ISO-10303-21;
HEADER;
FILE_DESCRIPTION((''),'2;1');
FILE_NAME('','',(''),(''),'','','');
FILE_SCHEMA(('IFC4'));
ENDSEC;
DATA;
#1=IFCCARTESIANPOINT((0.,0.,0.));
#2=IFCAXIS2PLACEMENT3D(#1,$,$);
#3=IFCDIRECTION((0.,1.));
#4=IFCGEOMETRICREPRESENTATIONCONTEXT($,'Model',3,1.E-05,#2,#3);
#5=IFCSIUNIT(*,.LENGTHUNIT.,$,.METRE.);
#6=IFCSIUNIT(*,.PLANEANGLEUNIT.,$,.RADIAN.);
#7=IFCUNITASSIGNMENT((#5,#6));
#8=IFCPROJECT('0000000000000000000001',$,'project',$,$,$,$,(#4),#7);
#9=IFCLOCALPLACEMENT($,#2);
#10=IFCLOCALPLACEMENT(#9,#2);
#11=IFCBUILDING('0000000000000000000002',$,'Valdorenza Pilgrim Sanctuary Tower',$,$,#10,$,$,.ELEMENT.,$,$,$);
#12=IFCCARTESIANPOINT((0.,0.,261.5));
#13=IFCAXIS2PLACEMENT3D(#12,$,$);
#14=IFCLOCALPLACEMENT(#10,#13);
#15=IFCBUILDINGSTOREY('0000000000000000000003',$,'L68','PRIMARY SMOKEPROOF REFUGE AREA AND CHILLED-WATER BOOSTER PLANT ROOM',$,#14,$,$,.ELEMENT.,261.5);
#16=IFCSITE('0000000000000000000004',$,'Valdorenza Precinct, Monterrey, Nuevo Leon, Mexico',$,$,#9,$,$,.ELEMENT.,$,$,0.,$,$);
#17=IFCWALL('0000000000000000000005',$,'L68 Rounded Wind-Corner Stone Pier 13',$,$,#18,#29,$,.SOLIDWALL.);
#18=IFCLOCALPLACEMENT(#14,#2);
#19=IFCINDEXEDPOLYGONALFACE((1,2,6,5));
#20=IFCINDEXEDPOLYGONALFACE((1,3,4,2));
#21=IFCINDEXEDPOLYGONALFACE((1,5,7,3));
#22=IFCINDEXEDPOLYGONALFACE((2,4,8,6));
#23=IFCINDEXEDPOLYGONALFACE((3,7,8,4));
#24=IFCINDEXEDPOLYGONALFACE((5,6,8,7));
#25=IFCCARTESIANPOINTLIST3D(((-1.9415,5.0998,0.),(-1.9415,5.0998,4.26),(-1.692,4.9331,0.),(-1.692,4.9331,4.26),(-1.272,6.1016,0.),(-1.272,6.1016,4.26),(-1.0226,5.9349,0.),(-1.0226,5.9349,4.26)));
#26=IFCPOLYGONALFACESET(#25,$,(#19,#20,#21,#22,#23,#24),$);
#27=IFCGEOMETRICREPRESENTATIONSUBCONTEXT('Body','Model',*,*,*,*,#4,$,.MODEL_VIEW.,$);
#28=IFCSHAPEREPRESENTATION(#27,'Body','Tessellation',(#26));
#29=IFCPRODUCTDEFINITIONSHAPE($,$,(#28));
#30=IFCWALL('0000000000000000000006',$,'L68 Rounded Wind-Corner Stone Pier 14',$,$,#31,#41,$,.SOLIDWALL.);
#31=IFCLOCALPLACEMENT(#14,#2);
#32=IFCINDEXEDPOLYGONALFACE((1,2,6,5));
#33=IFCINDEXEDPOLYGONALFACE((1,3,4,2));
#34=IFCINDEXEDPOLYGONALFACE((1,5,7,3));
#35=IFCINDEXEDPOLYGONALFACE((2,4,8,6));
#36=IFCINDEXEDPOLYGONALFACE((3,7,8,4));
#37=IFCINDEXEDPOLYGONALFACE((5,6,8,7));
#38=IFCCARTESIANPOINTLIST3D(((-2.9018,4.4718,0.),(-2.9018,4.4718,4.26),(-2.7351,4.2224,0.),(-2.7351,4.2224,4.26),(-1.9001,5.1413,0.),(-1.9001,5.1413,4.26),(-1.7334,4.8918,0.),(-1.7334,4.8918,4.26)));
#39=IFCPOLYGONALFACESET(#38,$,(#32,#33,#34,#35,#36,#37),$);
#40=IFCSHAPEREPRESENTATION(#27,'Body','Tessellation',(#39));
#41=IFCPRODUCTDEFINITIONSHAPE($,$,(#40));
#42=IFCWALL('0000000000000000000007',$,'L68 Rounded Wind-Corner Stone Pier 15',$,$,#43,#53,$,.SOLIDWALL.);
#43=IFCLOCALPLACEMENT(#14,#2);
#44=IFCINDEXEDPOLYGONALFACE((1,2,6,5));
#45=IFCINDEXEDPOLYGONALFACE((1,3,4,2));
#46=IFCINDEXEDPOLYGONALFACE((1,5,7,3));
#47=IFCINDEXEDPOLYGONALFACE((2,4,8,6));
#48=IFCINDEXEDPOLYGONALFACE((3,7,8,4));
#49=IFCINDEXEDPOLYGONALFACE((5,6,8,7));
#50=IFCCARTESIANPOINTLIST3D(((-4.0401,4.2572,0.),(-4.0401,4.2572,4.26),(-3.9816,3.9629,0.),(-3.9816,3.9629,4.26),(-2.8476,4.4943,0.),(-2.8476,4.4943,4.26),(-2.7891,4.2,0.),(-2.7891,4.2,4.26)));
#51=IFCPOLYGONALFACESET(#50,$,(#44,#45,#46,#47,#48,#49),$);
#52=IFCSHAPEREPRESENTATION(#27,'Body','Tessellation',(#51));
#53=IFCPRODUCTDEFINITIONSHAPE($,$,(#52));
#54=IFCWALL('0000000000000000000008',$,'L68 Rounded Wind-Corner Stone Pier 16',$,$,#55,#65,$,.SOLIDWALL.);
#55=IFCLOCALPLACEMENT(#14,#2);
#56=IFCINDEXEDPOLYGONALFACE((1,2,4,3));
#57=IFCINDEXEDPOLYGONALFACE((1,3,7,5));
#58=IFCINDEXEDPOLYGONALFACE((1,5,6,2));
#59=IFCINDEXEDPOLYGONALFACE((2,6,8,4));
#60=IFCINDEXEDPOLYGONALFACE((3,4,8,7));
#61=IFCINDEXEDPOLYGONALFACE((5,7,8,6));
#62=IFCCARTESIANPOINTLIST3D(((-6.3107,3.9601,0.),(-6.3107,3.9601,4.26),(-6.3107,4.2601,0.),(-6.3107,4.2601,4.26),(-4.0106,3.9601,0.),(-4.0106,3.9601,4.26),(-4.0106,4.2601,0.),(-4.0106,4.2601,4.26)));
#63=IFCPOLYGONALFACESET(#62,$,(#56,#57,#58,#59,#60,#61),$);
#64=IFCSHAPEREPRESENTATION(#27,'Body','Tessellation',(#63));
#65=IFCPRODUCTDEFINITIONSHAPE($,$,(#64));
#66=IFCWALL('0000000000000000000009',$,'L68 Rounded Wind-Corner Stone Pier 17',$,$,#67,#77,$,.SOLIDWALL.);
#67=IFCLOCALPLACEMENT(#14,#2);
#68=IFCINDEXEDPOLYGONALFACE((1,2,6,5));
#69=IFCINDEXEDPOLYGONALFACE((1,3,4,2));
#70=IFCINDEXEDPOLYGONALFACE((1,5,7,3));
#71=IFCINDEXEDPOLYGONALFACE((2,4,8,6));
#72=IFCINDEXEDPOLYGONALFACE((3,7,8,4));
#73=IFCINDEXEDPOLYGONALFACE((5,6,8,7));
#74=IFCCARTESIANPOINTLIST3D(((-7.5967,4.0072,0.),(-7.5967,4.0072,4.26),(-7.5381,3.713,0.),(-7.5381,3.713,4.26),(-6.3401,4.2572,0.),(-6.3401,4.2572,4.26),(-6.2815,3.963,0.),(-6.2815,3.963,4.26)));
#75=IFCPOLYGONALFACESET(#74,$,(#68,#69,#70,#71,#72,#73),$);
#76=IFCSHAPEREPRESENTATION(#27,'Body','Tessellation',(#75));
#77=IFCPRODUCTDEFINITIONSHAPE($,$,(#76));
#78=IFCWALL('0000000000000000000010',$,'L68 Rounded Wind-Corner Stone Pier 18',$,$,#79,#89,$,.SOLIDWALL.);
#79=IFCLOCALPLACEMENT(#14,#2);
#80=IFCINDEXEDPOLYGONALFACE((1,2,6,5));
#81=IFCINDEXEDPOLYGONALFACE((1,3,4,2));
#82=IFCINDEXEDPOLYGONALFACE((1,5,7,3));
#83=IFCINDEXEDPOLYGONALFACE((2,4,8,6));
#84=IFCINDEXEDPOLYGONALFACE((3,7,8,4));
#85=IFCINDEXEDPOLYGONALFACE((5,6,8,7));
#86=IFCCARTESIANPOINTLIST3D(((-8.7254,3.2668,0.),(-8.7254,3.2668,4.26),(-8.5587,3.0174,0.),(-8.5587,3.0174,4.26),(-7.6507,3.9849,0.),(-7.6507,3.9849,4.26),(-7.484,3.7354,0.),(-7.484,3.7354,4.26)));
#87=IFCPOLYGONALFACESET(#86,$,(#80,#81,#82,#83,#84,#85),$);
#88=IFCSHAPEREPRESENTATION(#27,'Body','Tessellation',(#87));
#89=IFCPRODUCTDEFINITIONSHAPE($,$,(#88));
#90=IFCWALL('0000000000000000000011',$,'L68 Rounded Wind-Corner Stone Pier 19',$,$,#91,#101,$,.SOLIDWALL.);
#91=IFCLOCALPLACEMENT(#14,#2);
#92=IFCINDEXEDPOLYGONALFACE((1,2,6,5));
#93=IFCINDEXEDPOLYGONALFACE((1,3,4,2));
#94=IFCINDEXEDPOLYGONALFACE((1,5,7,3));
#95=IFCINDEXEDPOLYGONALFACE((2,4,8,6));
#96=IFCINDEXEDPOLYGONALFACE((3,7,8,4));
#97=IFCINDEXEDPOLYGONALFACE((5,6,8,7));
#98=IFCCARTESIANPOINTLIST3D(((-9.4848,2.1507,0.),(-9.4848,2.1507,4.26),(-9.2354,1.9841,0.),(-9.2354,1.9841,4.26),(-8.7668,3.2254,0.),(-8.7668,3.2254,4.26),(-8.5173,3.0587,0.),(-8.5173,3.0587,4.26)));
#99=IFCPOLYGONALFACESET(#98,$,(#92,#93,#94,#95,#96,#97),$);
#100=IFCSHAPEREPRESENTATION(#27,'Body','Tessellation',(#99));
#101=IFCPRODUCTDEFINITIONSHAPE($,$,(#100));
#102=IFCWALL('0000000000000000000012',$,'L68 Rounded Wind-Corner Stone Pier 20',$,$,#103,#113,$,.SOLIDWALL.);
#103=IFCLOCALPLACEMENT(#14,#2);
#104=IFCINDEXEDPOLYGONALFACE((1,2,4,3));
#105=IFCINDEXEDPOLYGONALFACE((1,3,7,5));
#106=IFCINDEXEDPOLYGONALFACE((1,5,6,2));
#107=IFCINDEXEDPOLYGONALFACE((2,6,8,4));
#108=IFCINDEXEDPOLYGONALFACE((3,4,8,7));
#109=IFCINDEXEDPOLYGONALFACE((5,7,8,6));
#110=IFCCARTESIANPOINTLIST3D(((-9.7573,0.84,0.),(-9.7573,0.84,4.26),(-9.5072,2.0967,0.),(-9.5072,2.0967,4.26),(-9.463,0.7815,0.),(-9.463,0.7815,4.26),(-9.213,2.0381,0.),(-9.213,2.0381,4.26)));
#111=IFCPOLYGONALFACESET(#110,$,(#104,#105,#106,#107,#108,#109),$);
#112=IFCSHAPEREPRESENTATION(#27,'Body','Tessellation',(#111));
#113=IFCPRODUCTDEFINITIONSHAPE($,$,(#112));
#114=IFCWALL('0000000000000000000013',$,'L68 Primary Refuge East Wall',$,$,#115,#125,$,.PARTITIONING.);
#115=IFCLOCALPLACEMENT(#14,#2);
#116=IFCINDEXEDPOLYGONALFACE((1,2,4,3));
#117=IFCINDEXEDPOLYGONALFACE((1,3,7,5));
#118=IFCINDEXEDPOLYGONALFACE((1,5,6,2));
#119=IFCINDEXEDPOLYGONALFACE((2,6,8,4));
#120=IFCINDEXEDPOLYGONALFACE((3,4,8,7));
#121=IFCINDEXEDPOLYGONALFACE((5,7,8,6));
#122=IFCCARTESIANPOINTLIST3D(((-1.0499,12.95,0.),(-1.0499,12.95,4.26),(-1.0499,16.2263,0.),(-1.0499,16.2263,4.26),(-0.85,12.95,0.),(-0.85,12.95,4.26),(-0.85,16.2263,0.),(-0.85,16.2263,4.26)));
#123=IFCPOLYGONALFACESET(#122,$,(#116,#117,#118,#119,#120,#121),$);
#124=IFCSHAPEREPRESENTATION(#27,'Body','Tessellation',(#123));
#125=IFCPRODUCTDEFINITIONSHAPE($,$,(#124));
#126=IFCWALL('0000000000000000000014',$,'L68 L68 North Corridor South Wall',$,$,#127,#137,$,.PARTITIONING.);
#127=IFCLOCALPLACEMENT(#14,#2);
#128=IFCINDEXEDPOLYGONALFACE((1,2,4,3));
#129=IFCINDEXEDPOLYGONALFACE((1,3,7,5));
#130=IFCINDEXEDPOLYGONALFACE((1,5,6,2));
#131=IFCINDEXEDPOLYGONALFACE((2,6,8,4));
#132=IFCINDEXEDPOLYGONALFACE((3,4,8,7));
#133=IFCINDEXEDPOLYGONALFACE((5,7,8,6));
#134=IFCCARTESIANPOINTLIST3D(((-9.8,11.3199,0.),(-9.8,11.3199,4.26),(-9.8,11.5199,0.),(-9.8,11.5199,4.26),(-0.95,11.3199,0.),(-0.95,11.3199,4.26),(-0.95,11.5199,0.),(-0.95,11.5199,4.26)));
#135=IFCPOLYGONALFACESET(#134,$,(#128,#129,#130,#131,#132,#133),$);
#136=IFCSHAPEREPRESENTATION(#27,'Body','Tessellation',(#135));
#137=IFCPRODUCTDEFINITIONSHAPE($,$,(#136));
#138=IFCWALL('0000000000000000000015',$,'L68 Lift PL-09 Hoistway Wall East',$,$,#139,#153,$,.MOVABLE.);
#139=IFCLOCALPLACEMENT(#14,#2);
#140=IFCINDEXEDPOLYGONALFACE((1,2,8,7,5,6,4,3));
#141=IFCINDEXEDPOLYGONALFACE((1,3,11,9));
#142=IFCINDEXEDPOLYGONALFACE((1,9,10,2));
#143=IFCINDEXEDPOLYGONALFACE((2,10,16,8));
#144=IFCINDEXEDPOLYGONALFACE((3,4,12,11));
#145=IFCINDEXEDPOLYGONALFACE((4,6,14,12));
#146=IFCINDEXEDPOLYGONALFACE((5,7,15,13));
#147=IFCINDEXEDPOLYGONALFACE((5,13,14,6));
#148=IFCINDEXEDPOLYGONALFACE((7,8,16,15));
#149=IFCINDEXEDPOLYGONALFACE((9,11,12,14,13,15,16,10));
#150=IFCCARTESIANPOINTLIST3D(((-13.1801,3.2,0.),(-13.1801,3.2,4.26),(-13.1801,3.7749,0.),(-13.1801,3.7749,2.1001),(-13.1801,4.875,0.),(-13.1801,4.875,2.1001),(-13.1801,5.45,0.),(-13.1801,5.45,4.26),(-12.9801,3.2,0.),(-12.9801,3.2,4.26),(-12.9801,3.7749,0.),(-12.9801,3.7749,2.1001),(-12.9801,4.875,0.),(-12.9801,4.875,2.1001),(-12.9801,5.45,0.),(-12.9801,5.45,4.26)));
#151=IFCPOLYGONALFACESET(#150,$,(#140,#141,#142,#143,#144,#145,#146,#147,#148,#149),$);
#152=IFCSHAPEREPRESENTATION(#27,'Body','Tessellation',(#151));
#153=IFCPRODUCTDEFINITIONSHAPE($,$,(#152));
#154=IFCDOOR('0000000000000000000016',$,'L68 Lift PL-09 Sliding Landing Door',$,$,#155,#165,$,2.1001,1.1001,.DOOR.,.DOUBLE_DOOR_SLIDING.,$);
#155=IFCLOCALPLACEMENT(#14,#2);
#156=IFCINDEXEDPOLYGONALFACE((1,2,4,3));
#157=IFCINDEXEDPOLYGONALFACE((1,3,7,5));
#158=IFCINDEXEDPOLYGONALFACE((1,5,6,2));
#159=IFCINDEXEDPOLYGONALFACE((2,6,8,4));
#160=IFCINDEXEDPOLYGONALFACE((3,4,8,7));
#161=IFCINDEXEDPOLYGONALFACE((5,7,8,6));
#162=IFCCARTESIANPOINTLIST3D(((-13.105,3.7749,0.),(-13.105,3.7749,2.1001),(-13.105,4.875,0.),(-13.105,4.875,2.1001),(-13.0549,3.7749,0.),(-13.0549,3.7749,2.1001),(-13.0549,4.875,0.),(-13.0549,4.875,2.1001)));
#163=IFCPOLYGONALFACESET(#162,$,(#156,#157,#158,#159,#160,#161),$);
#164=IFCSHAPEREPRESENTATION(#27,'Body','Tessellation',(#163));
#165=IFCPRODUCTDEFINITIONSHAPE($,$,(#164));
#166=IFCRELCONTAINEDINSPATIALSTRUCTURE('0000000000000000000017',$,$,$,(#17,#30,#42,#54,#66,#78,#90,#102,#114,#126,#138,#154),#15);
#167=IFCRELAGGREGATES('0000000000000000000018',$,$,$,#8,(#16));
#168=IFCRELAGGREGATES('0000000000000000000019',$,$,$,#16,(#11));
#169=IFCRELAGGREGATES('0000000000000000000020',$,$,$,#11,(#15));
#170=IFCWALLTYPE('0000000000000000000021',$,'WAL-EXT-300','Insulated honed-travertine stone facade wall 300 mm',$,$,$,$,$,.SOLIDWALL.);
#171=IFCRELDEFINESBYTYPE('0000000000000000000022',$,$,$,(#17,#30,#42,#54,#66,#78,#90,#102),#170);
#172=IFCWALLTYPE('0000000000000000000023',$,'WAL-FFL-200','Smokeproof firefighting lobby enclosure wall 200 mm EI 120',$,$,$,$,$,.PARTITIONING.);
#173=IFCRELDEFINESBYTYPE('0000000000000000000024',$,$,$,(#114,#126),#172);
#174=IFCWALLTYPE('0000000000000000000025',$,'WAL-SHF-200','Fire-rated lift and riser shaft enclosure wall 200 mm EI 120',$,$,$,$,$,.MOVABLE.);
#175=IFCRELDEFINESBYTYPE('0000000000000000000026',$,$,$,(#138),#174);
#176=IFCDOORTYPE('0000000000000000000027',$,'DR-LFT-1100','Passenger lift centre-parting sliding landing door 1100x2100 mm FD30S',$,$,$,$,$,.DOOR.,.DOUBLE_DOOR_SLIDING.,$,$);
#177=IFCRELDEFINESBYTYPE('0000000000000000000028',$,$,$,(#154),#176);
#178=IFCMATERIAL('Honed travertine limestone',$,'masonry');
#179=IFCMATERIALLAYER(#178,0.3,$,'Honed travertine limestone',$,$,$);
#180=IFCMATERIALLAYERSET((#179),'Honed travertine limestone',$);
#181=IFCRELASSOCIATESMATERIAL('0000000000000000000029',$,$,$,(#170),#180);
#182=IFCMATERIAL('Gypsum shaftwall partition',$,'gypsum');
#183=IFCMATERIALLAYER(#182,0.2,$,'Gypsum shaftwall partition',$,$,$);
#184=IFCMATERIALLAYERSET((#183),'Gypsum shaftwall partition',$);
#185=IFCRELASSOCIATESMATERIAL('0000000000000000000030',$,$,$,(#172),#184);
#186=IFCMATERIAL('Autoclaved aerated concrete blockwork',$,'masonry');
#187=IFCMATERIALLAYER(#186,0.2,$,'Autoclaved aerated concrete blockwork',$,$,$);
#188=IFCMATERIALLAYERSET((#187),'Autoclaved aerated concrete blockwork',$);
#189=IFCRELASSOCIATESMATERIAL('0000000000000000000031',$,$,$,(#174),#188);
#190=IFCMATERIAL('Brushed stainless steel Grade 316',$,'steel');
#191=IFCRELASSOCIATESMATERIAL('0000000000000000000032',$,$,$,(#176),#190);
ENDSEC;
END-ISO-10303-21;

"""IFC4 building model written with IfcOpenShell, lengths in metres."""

from ifc_helpers import new_model, si_unit, direction, frame, frame_2d, origin, place, context, subcontext, project, spatial, rectangle, extrude, material, layer, layer_set, type_object, element, fill, save


model = new_model("IFC4")

# Units and contexts
model_context = context("Model", 3, precision=1e-05, world=origin(), true_north=direction((0.0, 1.0)))
body_context = subcontext(model_context, "Body", "Model", "MODEL_VIEW")
ifc_project = project(units=[si_unit("LENGTHUNIT", "METRE"), si_unit("PLANEANGLEUNIT", "RADIAN")], contexts=[model_context])

# Site, building, storey
site_placement = place(None, origin())
site = spatial("IfcSite", under=ifc_project, at=site_placement, Name="Valdorenza Precinct, Monterrey, Nuevo Leon, Mexico", CompositionType="ELEMENT", RefElevation=0.0)
building_placement = place(site_placement, origin())
building = spatial("IfcBuilding", under=site, at=building_placement, Name="Valdorenza Pilgrim Sanctuary Tower", CompositionType="ELEMENT")
storey_placement = place(building_placement, frame((0.0, 0.0, 261.5)))
storey = spatial("IfcBuildingStorey", under=building, at=storey_placement, Name="L68", Description="PRIMARY SMOKEPROOF REFUGE AREA AND CHILLED-WATER BOOSTER PLANT ROOM", CompositionType="ELEMENT", Elevation=261.5)

# Shared definitions
ifc_material_1 = material(Name="Honed travertine limestone", Category="masonry")

# Walls
ifc_layer_1 = layer(ifc_material_1, 0.3, Name="Honed travertine limestone")
ifc_layer_set_1 = layer_set([ifc_layer_1], Name="Honed travertine limestone")
wall_type_1 = type_object("IfcWallType", Name="WAL-EXT-300", Description="Insulated honed-travertine stone facade wall 300 mm", PredefinedType="SOLIDWALL", material=ifc_layer_set_1)
for number, where, z_axis, x_axis, name in (
    (1, (-1.1472, 6.0183, 0.0), (0.0, 0.0, 1.0), (-0.555635, -0.831426, 0.0), "L68 Rounded Wind-Corner Stone Pier 13"),
    (2, (-1.8167, 5.0166, 0.0), (0.0, 0.0, 1.0), (-0.831426, -0.555635, 0.0), "L68 Rounded Wind-Corner Stone Pier 14"),
):
    element("IfcWall", number, at=place(storey_placement, frame(where, z_axis=z_axis, x_axis=x_axis)), inside=storey, type_object=wall_type_1, Name=name, PredefinedType="SOLIDWALL", context=body_context, shape_type="SweptSolid", body=[
        extrude(rectangle(XDim=1.2048, YDim=0.3, at=frame_2d((0.6025, 0.0))), origin(), (0.0, 0.0, 1.0), 4.26),
    ])
wall_1_placement = place(storey_placement, frame((-2.8184, 4.3472, 0.0), z_axis=(0.0, 0.0, 1.0), x_axis=(-0.980804, -0.194996, 0.0)))
element("IfcWall", 3, at=wall_1_placement, inside=storey, type_object=wall_type_1, Name="L68 Rounded Wind-Corner Stone Pier 15", PredefinedType="SOLIDWALL", context=body_context, shape_type="SweptSolid", body=[
    extrude(rectangle(XDim=1.2158, YDim=0.3, at=frame_2d((0.6079, 0.0))), origin(), (0.0, 0.0, 1.0), 4.26),
])
wall_2_placement = place(storey_placement, frame((-4.0107, 4.1101, 0.0), z_axis=(0.0, 0.0, 1.0), x_axis=(-1.0, 0.0, 0.0)))
element("IfcWall", 4, at=wall_2_placement, inside=storey, type_object=wall_type_1, Name="L68 Rounded Wind-Corner Stone Pier 16", PredefinedType="SOLIDWALL", context=body_context, shape_type="SweptSolid", body=[
    extrude(rectangle(XDim=2.3, YDim=0.3, at=frame_2d((1.1499, 0.0))), origin(), (0.0, 0.0, 1.0), 4.26),
])
wall_3_placement = place(storey_placement, frame((-6.3108, 4.1101, 0.0), z_axis=(0.0, 0.0, 1.0), x_axis=(-0.980778, -0.195127, 0.0)))
element("IfcWall", 5, at=wall_3_placement, inside=storey, type_object=wall_type_1, Name="L68 Rounded Wind-Corner Stone Pier 17", PredefinedType="SOLIDWALL", context=body_context, shape_type="SweptSolid", body=[
    extrude(rectangle(XDim=1.2812, YDim=0.3, at=frame_2d((0.6406, 0.0))), origin(), (0.0, 0.0, 1.0), 4.26),
])
for number, where, z_axis, x_axis, name in (
    (6, (-7.5674, 3.8601, 0.0), (0.0, 0.0, 1.0), (-0.831498, -0.555528, 0.0), "L68 Rounded Wind-Corner Stone Pier 18"),
    (7, (-8.6421, 3.1421, 0.0), (0.0, 0.0, 1.0), (-0.555528, -0.831498, 0.0), "L68 Rounded Wind-Corner Stone Pier 19"),
):
    element("IfcWall", number, at=place(storey_placement, frame(where, z_axis=z_axis, x_axis=x_axis)), inside=storey, type_object=wall_type_1, Name=name, PredefinedType="SOLIDWALL", context=body_context, shape_type="SweptSolid", body=[
        extrude(rectangle(XDim=1.2925, YDim=0.3, at=frame_2d((0.6462, 0.0))), origin(), (0.0, 0.0, 1.0), 4.26),
    ])
wall_4_placement = place(storey_placement, frame((-9.3601, 2.0674, 0.0), z_axis=(0.0, 0.0, 1.0), x_axis=(-0.195127, -0.980778, 0.0)))
element("IfcWall", 8, at=wall_4_placement, inside=storey, type_object=wall_type_1, Name="L68 Rounded Wind-Corner Stone Pier 20", PredefinedType="SOLIDWALL", context=body_context, shape_type="SweptSolid", body=[
    extrude(rectangle(XDim=1.2812, YDim=0.3, at=frame_2d((0.6406, 0.0))), origin(), (0.0, 0.0, 1.0), 4.26),
])
ifc_material_2 = material(Name="Gypsum shaftwall partition", Category="gypsum")
ifc_layer_2 = layer(ifc_material_2, 0.2, Name="Gypsum shaftwall partition")
ifc_layer_set_2 = layer_set([ifc_layer_2], Name="Gypsum shaftwall partition")
wall_type_2 = type_object("IfcWallType", Name="WAL-FFL-200", Description="Smokeproof firefighting lobby enclosure wall 200 mm EI 120", PredefinedType="PARTITIONING", material=ifc_layer_set_2)
wall_5_placement = place(storey_placement, frame((-0.95, 12.95, 0.0), z_axis=(0.0, 0.0, 1.0), x_axis=(0.0, 1.0, 0.0)))
element("IfcWall", 9, at=wall_5_placement, inside=storey, type_object=wall_type_2, Name="L68 Primary Refuge East Wall", PredefinedType="PARTITIONING", context=body_context, shape_type="SweptSolid", body=[
    extrude(rectangle(XDim=3.2764, YDim=0.2, at=frame_2d((1.6382, 0.0))), origin(), (0.0, 0.0, 1.0), 4.26),
])
wall_6_placement = place(storey_placement, frame((-9.8, 11.4199, 0.0), z_axis=(0.0, 0.0, 1.0), x_axis=(1.0, 0.0, 0.0)))
element("IfcWall", 10, at=wall_6_placement, inside=storey, type_object=wall_type_2, Name="L68 L68 North Corridor South Wall", PredefinedType="PARTITIONING", context=body_context, shape_type="SweptSolid", body=[
    extrude(rectangle(XDim=8.8501, YDim=0.2, at=frame_2d((4.425, 0.0))), origin(), (0.0, 0.0, 1.0), 4.26),
])

# Wall, opening, door
ifc_material_3 = material(Name="Autoclaved aerated concrete blockwork", Category="masonry")
ifc_layer_3 = layer(ifc_material_3, 0.2, Name="Autoclaved aerated concrete blockwork")
ifc_layer_set_3 = layer_set([ifc_layer_3], Name="Autoclaved aerated concrete blockwork")
wall_type_3 = type_object("IfcWallType", Name="WAL-SHF-200", Description="Fire-rated lift and riser shaft enclosure wall 200 mm EI 120", PredefinedType="MOVABLE", material=ifc_layer_set_3)
wall_7_placement = place(storey_placement, frame((-13.0801, 3.2, 0.0), z_axis=(0.0, 0.0, 1.0), x_axis=(0.0, 1.0, 0.0)))
wall_7 = element("IfcWall", 11, at=wall_7_placement, inside=storey, type_object=wall_type_3, Name="L68 Lift PL-09 Hoistway Wall East", PredefinedType="MOVABLE", context=body_context, shape_type="SweptSolid", body=[
    extrude(rectangle(XDim=2.25, YDim=0.2, at=frame_2d((1.125, 0.0))), origin(), (0.0, 0.0, 1.0), 4.26),
])
opening_1_placement = place(wall_7_placement, frame((0.575, 0.0, 0.0)))
opening_1 = element("IfcOpeningElement", 12, at=opening_1_placement, cuts=wall_7, PredefinedType="OPENING", context=body_context, shape_type="SweptSolid", body=[
    extrude(rectangle(XDim=1.1001, YDim=2.1001, at=frame_2d((0.55, 1.05))), frame((0.0, 0.1147, 0.0), z_axis=(0.0, -1.0, 0.0), x_axis=(1.0, 0.0, 0.0)), (0.0, 0.0, 1.0), 0.2297),
])
ifc_material_4 = material(Name="Brushed stainless steel Grade 316", Category="steel")
door_type = type_object("IfcDoorType", Name="DR-LFT-1100", Description="Passenger lift centre-parting sliding landing door 1100x2100 mm FD30S", OperationType="DOUBLE_DOOR_SLIDING", PredefinedType="DOOR", material=ifc_material_4)
door_1_placement = place(opening_1_placement, origin())
door_1 = element("IfcDoor", 13, at=door_1_placement, inside=storey, type_object=door_type, Name="L68 Lift PL-09 Sliding Landing Door", OperationType="DOUBLE_DOOR_SLIDING", OverallHeight=2.1001, OverallWidth=1.1001, PredefinedType="DOOR", context=body_context, shape_type="SweptSolid", body=[
    extrude(rectangle(XDim=1.1001, YDim=2.1001, at=frame_2d((0.55, 1.05))), frame((0.0, 0.0249, 0.0), z_axis=(0.0, -1.0, 0.0), x_axis=(1.0, 0.0, 0.0)), (0.0, 0.0, 1.0), 0.05),
])
fill(opening_1, door_1)

save(model, "model.ifc")
